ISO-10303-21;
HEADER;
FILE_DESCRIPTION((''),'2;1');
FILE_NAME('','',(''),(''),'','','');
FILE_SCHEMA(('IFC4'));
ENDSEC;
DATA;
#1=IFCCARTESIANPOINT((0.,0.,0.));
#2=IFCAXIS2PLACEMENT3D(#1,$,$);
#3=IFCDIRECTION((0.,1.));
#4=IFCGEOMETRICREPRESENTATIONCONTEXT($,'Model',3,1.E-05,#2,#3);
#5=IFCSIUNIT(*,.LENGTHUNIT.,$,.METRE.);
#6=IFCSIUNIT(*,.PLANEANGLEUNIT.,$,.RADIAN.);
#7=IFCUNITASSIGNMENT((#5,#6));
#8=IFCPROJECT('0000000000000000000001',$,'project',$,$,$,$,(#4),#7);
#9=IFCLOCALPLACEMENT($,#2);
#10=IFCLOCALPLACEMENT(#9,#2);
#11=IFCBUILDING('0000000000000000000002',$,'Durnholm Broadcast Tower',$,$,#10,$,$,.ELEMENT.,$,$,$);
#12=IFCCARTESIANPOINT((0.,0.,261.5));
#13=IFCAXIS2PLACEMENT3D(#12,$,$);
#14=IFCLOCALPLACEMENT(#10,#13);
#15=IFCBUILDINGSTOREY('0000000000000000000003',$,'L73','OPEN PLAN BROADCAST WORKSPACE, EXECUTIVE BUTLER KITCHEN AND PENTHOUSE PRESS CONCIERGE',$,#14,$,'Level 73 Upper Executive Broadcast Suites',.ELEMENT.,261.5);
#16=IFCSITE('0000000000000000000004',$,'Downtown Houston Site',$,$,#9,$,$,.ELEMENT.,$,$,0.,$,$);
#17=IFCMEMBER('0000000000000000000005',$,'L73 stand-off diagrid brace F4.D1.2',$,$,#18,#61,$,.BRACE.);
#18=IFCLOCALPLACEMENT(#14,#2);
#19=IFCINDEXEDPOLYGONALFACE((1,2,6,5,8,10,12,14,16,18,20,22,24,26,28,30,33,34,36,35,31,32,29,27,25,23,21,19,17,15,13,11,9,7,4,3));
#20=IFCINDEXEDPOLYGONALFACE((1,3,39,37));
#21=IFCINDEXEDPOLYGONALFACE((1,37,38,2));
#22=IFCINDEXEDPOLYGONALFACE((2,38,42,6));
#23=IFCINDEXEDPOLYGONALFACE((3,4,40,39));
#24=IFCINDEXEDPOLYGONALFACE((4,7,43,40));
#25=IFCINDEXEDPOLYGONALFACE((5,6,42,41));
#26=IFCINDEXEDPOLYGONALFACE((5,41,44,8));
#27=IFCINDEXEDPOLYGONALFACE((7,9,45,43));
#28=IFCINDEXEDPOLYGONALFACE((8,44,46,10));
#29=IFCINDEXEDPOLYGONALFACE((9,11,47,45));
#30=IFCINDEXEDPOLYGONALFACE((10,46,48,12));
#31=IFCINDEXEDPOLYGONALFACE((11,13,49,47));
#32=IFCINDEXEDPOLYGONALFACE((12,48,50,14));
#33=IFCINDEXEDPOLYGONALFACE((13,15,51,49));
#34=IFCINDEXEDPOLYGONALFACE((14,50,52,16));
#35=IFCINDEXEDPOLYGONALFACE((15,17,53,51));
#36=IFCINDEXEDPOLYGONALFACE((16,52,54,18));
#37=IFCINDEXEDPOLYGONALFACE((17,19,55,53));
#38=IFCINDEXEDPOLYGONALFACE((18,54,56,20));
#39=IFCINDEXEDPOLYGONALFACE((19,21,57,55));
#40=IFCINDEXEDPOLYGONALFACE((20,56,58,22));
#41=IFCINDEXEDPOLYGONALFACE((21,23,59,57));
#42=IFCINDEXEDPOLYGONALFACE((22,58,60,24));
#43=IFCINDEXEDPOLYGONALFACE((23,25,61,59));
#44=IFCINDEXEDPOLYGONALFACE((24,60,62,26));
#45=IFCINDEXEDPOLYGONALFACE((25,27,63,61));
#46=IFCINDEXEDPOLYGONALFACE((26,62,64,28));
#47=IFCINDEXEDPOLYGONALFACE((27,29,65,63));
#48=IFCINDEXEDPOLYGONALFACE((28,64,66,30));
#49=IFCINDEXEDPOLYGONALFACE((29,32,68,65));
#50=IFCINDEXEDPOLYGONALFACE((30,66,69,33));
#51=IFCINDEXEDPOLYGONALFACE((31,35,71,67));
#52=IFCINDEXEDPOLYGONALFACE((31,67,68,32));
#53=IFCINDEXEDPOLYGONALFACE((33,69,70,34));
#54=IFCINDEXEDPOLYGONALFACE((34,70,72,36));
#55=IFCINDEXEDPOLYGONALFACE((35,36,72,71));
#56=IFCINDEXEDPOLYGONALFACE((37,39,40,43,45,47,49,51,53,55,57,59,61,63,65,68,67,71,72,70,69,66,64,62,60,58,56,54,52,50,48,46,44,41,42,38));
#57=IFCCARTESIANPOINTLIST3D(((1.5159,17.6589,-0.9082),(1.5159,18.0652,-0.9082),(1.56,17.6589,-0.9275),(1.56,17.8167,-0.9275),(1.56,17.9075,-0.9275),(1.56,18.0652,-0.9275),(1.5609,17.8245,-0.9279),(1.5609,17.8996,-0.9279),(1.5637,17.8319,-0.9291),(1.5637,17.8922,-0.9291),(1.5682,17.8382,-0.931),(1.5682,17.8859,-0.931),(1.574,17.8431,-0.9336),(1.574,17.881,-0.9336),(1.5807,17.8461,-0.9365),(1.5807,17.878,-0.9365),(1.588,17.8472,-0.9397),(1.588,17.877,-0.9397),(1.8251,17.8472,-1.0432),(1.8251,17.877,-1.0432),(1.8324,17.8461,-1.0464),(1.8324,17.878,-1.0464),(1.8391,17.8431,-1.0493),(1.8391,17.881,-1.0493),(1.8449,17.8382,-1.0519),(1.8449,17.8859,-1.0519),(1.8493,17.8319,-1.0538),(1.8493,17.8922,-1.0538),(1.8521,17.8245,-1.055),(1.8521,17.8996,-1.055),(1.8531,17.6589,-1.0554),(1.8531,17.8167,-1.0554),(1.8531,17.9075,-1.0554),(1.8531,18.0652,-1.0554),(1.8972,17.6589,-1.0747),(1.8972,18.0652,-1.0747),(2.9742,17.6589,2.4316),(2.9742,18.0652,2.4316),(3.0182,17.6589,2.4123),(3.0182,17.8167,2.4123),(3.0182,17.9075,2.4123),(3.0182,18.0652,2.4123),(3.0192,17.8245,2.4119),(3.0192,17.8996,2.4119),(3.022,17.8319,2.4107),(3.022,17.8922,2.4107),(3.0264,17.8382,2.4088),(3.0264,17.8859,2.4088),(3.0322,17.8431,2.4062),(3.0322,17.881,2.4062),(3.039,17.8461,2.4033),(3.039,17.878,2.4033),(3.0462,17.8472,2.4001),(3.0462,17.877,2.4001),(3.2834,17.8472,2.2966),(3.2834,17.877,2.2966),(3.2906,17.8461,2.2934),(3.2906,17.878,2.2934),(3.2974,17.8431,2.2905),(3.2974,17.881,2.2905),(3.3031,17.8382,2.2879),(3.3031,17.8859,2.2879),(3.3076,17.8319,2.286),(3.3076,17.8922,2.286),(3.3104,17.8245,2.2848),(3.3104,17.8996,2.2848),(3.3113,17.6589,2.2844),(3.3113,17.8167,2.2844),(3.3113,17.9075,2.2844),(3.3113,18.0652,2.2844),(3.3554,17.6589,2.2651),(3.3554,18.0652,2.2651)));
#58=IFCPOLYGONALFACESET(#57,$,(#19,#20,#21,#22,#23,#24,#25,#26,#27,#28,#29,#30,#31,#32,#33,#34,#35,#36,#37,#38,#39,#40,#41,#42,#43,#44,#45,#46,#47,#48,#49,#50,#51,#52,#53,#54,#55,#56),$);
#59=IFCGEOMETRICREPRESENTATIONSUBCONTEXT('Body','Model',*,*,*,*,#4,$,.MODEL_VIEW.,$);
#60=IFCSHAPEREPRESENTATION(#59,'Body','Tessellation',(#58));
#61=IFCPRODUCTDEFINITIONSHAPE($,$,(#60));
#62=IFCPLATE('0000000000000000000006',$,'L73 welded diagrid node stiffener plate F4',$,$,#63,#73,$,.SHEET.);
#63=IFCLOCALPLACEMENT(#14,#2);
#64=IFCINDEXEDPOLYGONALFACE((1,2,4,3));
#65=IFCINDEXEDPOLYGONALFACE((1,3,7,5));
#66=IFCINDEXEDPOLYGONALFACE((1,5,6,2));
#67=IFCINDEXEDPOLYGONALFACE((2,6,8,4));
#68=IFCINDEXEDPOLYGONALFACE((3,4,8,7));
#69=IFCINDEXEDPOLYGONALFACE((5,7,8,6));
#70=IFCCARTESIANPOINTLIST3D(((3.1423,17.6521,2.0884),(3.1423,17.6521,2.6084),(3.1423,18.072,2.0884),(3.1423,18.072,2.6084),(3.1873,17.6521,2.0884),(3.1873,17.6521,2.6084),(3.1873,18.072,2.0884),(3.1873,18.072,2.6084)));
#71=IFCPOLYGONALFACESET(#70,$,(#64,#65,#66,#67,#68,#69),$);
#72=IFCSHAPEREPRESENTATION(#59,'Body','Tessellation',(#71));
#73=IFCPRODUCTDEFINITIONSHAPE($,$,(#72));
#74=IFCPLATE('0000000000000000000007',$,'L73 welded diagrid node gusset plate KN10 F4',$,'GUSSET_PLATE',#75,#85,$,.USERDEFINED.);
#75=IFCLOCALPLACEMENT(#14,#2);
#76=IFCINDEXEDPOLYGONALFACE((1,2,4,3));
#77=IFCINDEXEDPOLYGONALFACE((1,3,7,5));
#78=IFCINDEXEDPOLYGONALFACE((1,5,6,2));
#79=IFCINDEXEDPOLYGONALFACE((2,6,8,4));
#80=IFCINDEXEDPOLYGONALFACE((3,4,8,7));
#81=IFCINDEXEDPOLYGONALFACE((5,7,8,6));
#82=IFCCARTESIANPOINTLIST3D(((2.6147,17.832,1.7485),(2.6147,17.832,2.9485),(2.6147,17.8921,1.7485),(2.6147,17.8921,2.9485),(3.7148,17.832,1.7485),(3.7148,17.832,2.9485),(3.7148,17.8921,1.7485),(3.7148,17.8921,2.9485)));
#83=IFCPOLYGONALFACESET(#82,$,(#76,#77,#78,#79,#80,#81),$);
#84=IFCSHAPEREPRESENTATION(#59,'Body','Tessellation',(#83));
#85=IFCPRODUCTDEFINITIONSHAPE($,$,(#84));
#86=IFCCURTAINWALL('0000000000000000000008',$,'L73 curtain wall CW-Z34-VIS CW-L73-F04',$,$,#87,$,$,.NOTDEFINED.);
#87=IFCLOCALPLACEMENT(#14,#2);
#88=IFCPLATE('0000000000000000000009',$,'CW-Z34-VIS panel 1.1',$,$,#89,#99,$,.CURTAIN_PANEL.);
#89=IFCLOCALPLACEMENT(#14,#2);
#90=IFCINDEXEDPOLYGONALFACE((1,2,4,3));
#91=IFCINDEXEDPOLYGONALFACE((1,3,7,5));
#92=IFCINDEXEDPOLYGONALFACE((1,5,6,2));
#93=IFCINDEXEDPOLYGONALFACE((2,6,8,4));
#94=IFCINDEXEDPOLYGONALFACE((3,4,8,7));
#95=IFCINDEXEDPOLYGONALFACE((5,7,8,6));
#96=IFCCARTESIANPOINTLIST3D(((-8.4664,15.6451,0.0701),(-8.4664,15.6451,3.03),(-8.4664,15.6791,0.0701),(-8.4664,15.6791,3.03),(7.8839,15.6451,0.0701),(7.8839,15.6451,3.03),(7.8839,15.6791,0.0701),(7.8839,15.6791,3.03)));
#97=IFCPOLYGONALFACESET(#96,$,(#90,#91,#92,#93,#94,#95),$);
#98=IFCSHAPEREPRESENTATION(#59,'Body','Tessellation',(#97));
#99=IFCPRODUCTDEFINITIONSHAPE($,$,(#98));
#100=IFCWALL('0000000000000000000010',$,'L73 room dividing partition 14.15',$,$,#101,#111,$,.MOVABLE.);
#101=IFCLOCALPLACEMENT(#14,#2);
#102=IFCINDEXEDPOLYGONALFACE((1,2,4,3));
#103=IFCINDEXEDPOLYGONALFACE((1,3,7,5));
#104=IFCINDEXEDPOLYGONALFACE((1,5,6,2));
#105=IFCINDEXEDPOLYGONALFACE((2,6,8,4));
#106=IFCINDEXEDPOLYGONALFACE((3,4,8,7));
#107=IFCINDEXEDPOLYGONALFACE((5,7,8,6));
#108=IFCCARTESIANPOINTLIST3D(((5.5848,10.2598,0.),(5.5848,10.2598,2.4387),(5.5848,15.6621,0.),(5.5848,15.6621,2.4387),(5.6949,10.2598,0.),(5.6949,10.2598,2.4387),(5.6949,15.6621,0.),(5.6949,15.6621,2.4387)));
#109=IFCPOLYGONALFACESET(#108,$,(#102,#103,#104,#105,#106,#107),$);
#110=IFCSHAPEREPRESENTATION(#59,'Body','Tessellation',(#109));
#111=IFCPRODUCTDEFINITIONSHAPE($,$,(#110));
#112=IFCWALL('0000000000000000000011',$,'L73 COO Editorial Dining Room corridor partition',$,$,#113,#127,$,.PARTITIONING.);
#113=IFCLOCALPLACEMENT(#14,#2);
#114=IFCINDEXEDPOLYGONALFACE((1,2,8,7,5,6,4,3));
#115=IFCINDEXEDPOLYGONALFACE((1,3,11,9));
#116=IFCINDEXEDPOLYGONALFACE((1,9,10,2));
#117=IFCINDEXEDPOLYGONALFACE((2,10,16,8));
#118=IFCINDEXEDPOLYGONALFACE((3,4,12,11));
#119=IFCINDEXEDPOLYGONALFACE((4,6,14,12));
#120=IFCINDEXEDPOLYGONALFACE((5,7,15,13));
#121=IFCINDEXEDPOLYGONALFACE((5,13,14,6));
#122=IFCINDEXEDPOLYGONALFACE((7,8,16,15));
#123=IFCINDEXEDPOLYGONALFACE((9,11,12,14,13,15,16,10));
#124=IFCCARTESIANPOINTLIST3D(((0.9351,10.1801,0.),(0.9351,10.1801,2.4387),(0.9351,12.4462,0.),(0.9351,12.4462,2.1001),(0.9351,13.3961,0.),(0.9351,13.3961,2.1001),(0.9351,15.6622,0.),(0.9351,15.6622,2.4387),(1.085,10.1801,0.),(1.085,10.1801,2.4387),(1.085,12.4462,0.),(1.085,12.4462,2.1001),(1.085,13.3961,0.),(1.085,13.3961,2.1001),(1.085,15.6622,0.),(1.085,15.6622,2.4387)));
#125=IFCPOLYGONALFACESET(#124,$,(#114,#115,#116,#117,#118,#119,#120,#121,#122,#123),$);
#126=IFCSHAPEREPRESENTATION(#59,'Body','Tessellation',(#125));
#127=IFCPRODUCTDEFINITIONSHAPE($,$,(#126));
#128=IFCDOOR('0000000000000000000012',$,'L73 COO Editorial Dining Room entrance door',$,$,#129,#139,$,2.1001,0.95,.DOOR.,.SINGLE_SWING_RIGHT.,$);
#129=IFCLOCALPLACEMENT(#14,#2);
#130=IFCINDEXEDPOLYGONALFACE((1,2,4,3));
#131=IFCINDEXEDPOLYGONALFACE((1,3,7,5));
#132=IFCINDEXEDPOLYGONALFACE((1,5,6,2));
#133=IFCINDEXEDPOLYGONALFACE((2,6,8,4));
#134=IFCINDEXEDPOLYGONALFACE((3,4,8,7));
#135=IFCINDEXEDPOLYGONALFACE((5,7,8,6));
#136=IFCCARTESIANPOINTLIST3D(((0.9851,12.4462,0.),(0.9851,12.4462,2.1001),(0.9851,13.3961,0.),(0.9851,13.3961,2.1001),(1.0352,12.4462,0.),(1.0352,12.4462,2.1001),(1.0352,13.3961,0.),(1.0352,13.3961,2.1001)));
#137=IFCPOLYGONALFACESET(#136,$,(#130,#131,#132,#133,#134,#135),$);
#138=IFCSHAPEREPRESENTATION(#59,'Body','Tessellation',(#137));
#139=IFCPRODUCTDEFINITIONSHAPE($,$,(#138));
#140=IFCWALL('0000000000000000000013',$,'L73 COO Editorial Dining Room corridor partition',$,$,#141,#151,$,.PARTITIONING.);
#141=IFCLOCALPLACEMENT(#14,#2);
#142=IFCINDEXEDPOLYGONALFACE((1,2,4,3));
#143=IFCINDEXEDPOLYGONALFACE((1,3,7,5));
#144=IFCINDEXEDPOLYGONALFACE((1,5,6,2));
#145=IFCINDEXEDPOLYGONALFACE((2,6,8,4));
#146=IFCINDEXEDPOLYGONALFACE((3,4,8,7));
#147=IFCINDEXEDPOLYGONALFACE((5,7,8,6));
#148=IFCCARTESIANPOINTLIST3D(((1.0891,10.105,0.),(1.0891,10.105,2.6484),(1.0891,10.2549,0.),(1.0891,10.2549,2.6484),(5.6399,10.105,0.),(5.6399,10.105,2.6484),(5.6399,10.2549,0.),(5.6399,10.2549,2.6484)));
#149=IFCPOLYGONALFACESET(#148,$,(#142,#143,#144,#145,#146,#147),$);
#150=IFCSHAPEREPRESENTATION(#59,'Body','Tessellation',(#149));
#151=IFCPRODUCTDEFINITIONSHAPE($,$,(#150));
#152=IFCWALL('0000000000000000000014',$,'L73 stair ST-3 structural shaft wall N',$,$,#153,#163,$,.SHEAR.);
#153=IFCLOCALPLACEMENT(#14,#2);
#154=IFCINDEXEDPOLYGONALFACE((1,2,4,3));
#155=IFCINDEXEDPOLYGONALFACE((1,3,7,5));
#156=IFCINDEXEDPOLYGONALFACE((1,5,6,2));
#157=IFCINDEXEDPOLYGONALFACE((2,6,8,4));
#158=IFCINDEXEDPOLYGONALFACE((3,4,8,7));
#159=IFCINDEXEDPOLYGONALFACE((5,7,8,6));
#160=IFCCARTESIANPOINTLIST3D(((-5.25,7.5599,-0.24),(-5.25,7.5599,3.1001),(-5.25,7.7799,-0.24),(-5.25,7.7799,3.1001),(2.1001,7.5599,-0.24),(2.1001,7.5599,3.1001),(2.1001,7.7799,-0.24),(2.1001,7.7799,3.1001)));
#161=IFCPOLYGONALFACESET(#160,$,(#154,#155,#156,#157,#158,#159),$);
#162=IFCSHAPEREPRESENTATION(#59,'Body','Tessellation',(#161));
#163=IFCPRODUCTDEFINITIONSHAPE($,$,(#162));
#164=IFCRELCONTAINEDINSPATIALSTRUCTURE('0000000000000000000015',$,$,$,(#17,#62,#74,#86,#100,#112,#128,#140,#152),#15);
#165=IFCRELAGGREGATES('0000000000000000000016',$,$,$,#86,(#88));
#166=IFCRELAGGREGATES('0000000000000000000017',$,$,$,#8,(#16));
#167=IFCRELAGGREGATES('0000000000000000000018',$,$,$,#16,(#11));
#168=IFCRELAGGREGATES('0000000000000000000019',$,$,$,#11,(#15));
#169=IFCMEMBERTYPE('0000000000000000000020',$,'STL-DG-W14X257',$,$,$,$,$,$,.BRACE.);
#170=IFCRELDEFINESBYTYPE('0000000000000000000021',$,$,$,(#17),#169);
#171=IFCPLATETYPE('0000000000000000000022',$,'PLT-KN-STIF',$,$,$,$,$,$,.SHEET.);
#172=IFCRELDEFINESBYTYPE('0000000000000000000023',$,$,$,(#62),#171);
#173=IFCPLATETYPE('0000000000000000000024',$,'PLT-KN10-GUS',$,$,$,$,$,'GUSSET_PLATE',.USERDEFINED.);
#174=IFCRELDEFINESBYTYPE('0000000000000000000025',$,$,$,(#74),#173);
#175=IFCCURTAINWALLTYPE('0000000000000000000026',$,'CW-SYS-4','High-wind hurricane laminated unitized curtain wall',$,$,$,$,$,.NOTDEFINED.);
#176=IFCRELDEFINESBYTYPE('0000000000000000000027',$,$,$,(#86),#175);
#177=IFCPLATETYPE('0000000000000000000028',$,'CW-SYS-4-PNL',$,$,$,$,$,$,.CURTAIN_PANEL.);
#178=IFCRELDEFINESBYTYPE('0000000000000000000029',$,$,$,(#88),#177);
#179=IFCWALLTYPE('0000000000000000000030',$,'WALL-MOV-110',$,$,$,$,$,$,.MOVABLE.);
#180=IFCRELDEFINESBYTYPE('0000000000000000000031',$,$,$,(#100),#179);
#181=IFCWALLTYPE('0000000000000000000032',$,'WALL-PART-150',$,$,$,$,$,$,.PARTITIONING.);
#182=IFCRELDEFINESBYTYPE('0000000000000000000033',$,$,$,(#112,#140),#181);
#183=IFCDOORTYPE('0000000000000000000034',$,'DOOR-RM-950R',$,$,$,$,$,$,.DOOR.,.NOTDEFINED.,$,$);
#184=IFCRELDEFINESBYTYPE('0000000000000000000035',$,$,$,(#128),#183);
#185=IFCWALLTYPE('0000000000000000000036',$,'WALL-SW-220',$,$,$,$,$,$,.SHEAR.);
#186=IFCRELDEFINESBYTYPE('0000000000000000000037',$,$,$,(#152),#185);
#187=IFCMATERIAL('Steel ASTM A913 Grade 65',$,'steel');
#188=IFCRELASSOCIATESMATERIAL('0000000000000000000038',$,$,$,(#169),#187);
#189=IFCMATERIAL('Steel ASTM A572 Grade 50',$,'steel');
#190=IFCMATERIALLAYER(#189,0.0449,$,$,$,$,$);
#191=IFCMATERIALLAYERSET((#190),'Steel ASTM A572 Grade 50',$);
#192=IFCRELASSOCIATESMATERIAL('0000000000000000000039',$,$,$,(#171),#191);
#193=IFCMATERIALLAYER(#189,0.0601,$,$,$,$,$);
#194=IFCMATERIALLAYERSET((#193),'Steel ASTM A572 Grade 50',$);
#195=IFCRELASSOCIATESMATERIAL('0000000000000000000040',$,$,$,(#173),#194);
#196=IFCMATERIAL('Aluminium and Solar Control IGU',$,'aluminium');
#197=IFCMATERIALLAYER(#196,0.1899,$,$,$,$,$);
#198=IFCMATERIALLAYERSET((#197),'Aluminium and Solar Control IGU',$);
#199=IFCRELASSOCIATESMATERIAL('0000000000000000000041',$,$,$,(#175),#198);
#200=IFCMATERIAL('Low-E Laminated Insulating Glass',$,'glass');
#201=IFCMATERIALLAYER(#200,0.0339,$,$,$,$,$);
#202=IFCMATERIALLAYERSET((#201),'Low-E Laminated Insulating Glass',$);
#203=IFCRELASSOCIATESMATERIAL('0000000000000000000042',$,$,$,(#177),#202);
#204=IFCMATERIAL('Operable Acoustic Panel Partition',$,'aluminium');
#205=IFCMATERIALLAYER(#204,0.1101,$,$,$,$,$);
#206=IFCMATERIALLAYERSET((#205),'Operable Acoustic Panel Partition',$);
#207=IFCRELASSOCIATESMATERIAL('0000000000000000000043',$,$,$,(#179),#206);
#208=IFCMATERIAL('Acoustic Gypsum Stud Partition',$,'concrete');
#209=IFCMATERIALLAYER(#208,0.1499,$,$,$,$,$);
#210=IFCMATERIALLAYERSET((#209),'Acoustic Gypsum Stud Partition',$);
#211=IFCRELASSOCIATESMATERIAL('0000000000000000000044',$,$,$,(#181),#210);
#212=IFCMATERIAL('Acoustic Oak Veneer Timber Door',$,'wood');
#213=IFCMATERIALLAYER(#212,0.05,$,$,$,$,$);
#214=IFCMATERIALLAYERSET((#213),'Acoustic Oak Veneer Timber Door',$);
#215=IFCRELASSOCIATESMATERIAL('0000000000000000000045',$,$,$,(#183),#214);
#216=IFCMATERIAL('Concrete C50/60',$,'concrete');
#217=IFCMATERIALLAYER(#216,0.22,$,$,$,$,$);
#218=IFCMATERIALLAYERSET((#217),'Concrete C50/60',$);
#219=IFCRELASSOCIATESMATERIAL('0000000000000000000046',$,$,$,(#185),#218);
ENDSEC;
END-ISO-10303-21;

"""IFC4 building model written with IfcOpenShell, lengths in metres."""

from ifc_helpers import new_model, si_unit, direction, frame, frame_2d, origin, origin_2d, place, context, subcontext, project, spatial, rectangle, i_section, extrude, source, transform, mapped, material, layer, layer_set, material_profile, profile_set, type_object, type_shapes, element, fill, aggregate, save


model = new_model("IFC4")

# Units and contexts
model_context = context("Model", 3, precision=1e-05, world=origin(), true_north=direction((0.0, 1.0)))
body_context = subcontext(model_context, "Body", "Model", "MODEL_VIEW")
ifc_project = project(units=[si_unit("LENGTHUNIT", "METRE"), si_unit("PLANEANGLEUNIT", "RADIAN")], contexts=[model_context])

# Site, building, storey
site_placement = place(None, origin())
site = spatial("IfcSite", under=ifc_project, at=site_placement, Name="Downtown Houston Site", CompositionType="ELEMENT", RefElevation=0.0)
building_placement = place(site_placement, origin())
building = spatial("IfcBuilding", under=site, at=building_placement, Name="Durnholm Broadcast Tower", CompositionType="ELEMENT")
storey_placement = place(building_placement, frame((0.0, 0.0, 261.5)))
storey = spatial("IfcBuildingStorey", under=building, at=storey_placement, Name="L73", Description="OPEN PLAN BROADCAST WORKSPACE, EXECUTIVE BUTLER KITCHEN AND PENTHOUSE PRESS CONCIERGE", LongName="Level 73 Upper Executive Broadcast Suites", CompositionType="ELEMENT", Elevation=261.5)

# Member
ifc_material_1 = material(Name="Steel ASTM A913 Grade 65", Category="steel")
ifc_material_profile_1 = material_profile(ifc_material_1, i_section(OverallWidth=0.4062, OverallDepth=0.416, WebThickness=0.0298, FlangeThickness=0.0481, FilletRadius=0.0305, at=origin_2d()), Name="W14X257")
ifc_profile_set_1 = profile_set([ifc_material_profile_1], Name="Steel ASTM A913 Grade 65")
member_type = type_object("IfcMemberType", Name="STL-DG-W14X257", PredefinedType="BRACE", material=ifc_profile_set_1)
shared_shape_1 = source(origin(), body_context, "Body", "SweptSolid", [
    extrude(i_section(OverallWidth=0.4062, OverallDepth=0.416, WebThickness=0.0298, FlangeThickness=0.0481, FilletRadius=0.0305, at=origin_2d()), origin(), (0.0, 0.0, 1.0), 3.6443),
])
type_shapes(member_type, [shared_shape_1])
for number, where, z_axis, x_axis, name in (
    (1, (1.7065, 17.8621, -0.9915), (0.400144, 0.0, 0.916452), (0.0, 1.0, 0.0), "L73 stand-off diagrid brace F4.D1.2"),
):
    element("IfcMember", number, at=place(storey_placement, frame(where, z_axis=z_axis, x_axis=x_axis)), inside=storey, type_object=member_type, Name=name, PredefinedType="BRACE", context=body_context, shape_type="MappedRepresentation", body=[
        mapped(shared_shape_1, transform((0.0, 0.0, 0.0), x_axis=(1.0, 0.0, 0.0), y_axis=(0.0, 1.0, 0.0), z_axis=(0.0, 0.0, 1.0), scale=1.0)),
    ])

# Plates
ifc_material_2 = material(Name="Steel ASTM A572 Grade 50", Category="steel")
ifc_layer_1 = layer(ifc_material_2, 0.0449)
ifc_layer_set_1 = layer_set([ifc_layer_1], Name="Steel ASTM A572 Grade 50")
plate_type_1 = type_object("IfcPlateType", Name="PLT-KN-STIF", PredefinedType="SHEET", material=ifc_layer_set_1)
shared_shape_2 = source(origin(), body_context, "Body", "SweptSolid", [
    extrude(rectangle(XDim=0.0449, YDim=0.4199, at=origin_2d()), origin(), (0.0, 0.0, 1.0), 0.52),
])
type_shapes(plate_type_1, [shared_shape_2])
plate_1_placement = place(storey_placement, frame((3.1648, 17.8621, 2.0884), z_axis=(0.0, 0.0, 1.0), x_axis=(-1.0, 0.0, 0.0)))
element("IfcPlate", 2, at=plate_1_placement, inside=storey, type_object=plate_type_1, Name="L73 welded diagrid node stiffener plate F4", PredefinedType="SHEET", context=body_context, shape_type="MappedRepresentation", body=[
    mapped(shared_shape_2, transform((0.0, 0.0, 0.0), x_axis=(1.0, 0.0, 0.0), y_axis=(0.0, 1.0, 0.0), z_axis=(0.0, 0.0, 1.0), scale=1.0)),
])
ifc_layer_2 = layer(ifc_material_2, 0.0601)
ifc_layer_set_2 = layer_set([ifc_layer_2], Name="Steel ASTM A572 Grade 50")
plate_type_2 = type_object("IfcPlateType", Name="PLT-KN10-GUS", ElementType="GUSSET_PLATE", PredefinedType="USERDEFINED", material=ifc_layer_set_2)
shared_shape_3 = source(origin(), body_context, "Body", "SweptSolid", [
    extrude(rectangle(XDim=1.1001, YDim=0.0601, at=origin_2d()), origin(), (0.0, 0.0, 1.0), 1.2),
])
type_shapes(plate_type_2, [shared_shape_3])
plate_2_placement = place(storey_placement, frame((3.1648, 17.8621, 1.7485), z_axis=(0.0, 0.0, 1.0), x_axis=(-1.0, 0.0, 0.0)))
element("IfcPlate", 3, at=plate_2_placement, inside=storey, type_object=plate_type_2, Name="L73 welded diagrid node gusset plate KN10 F4", ObjectType="GUSSET_PLATE", PredefinedType="USERDEFINED", context=body_context, shape_type="MappedRepresentation", body=[
    mapped(shared_shape_3, transform((0.0, 0.0, 0.0), x_axis=(1.0, 0.0, 0.0), y_axis=(0.0, 1.0, 0.0), z_axis=(0.0, 0.0, 1.0), scale=1.0)),
])

# Curtain wall, plate
ifc_material_3 = material(Name="Aluminium and Solar Control IGU", Category="aluminium")
ifc_layer_3 = layer(ifc_material_3, 0.1899)
ifc_layer_set_3 = layer_set([ifc_layer_3], Name="Aluminium and Solar Control IGU")
curtain_wall_type = type_object("IfcCurtainWallType", Name="CW-SYS-4", Description="High-wind hurricane laminated unitized curtain wall", PredefinedType="NOTDEFINED", material=ifc_layer_set_3)
curtain_wall_placement = place(storey_placement, origin())
curtain_wall = element("IfcCurtainWall", 4, at=curtain_wall_placement, inside=storey, type_object=curtain_wall_type, Name="L73 curtain wall CW-Z34-VIS CW-L73-F04", PredefinedType="NOTDEFINED")
ifc_material_4 = material(Name="Low-E Laminated Insulating Glass", Category="glass")
ifc_layer_4 = layer(ifc_material_4, 0.0339)
ifc_layer_set_4 = layer_set([ifc_layer_4], Name="Low-E Laminated Insulating Glass")
plate_type_3 = type_object("IfcPlateType", Name="CW-SYS-4-PNL", PredefinedType="CURTAIN_PANEL", material=ifc_layer_set_4)
shared_shape_4 = source(origin(), body_context, "Body", "SweptSolid", [
    extrude(rectangle(XDim=16.3503, YDim=0.0339, at=origin_2d()), origin(), (0.0, 0.0, 1.0), 2.96),
])
type_shapes(plate_type_3, [shared_shape_4])
plate_3_placement = place(storey_placement, frame((-0.2913, 15.6621, 0.0701), z_axis=(0.0, 0.0, 1.0), x_axis=(1.0, 0.0, 0.0)))
plate_3 = element("IfcPlate", 5, at=plate_3_placement, type_object=plate_type_3, Name="CW-Z34-VIS panel 1.1", PredefinedType="CURTAIN_PANEL", context=body_context, shape_type="MappedRepresentation", body=[
    mapped(shared_shape_4, transform((0.0, 0.0, 0.0), x_axis=(1.0, 0.0, 0.0), y_axis=(0.0, 1.0, 0.0), z_axis=(0.0, 0.0, 1.0), scale=1.0)),
])
aggregate(curtain_wall, [plate_3])

# Wall
ifc_material_5 = material(Name="Operable Acoustic Panel Partition", Category="aluminium")
ifc_layer_5 = layer(ifc_material_5, 0.1101)
ifc_layer_set_5 = layer_set([ifc_layer_5], Name="Operable Acoustic Panel Partition")
wall_type_1 = type_object("IfcWallType", Name="WALL-MOV-110", PredefinedType="MOVABLE", material=ifc_layer_set_5)
wall_1_placement = place(storey_placement, frame((5.6399, 15.6621, 0.0), z_axis=(0.0, 0.0, 1.0), x_axis=(0.0, -1.0, 0.0)))
element("IfcWall", 6, at=wall_1_placement, inside=storey, type_object=wall_type_1, Name="L73 room dividing partition 14.15", PredefinedType="MOVABLE", context=body_context, shape_type="SweptSolid", body=[
    extrude(rectangle(XDim=5.4023, YDim=0.1101, at=frame_2d((2.7012, 0.0))), origin(), (0.0, 0.0, 1.0), 2.4387),
])

# Wall, opening, door
ifc_material_6 = material(Name="Acoustic Gypsum Stud Partition", Category="concrete")
ifc_layer_6 = layer(ifc_material_6, 0.1499)
ifc_layer_set_6 = layer_set([ifc_layer_6], Name="Acoustic Gypsum Stud Partition")
wall_type_2 = type_object("IfcWallType", Name="WALL-PART-150", PredefinedType="PARTITIONING", material=ifc_layer_set_6)
wall_2_placement = place(storey_placement, frame((1.01, 10.1799, 0.0), z_axis=(0.0, 0.0, 1.0), x_axis=(0.0, 1.0, 0.0)))
wall_2 = element("IfcWall", 7, at=wall_2_placement, inside=storey, type_object=wall_type_2, Name="L73 COO Editorial Dining Room corridor partition", PredefinedType="PARTITIONING", context=body_context, shape_type="SweptSolid", body=[
    extrude(rectangle(XDim=5.4822, YDim=0.1499, at=frame_2d((2.7412, 0.0))), origin(), (0.0, 0.0, 1.0), 2.4387),
])
opening_placement = place(wall_2_placement, frame((2.2661, 0.0, 0.0)))
opening = element("IfcOpeningElement", 8, at=opening_placement, cuts=wall_2, PredefinedType="OPENING", context=body_context, shape_type="SweptSolid", body=[
    extrude(rectangle(XDim=0.95, YDim=2.1001, at=frame_2d((0.4751, 1.05))), frame((0.0, 0.085, 0.0), z_axis=(0.0, -1.0, 0.0), x_axis=(1.0, 0.0, 0.0)), (0.0, 0.0, 1.0), 0.1699),
])
ifc_material_7 = material(Name="Acoustic Oak Veneer Timber Door", Category="wood")
ifc_layer_7 = layer(ifc_material_7, 0.05)
ifc_layer_set_7 = layer_set([ifc_layer_7], Name="Acoustic Oak Veneer Timber Door")
door_type = type_object("IfcDoorType", Name="DOOR-RM-950R", OperationType="NOTDEFINED", PredefinedType="DOOR", material=ifc_layer_set_7)
shared_shape_5 = source(origin(), body_context, "Body", "SweptSolid", [
    extrude(rectangle(XDim=0.95, YDim=2.1001, at=frame_2d((0.4751, 1.05))), frame((0.0, 0.0249, 0.0), z_axis=(0.0, -1.0, 0.0), x_axis=(1.0, 0.0, 0.0)), (0.0, 0.0, 1.0), 0.05),
])
type_shapes(door_type, [shared_shape_5])
door_placement = place(opening_placement, origin())
door = element("IfcDoor", 9, at=door_placement, inside=storey, type_object=door_type, Name="L73 COO Editorial Dining Room entrance door", OperationType="SINGLE_SWING_RIGHT", OverallHeight=2.1001, OverallWidth=0.95, PredefinedType="DOOR", context=body_context, shape_type="MappedRepresentation", body=[
    mapped(shared_shape_5, transform((0.0, 0.0, 0.0), x_axis=(1.0, 0.0, 0.0), y_axis=(0.0, 1.0, 0.0), z_axis=(0.0, 0.0, 1.0), scale=1.0)),
])
fill(opening, door)

# Walls
wall_3_placement = place(storey_placement, frame((5.6399, 10.1799, 0.0), z_axis=(0.0, 0.0, 1.0), x_axis=(-1.0, 0.0, 0.0)))
element("IfcWall", 10, at=wall_3_placement, inside=storey, type_object=wall_type_2, Name="L73 COO Editorial Dining Room corridor partition", PredefinedType="PARTITIONING", context=body_context, shape_type="SweptSolid", body=[
    extrude(rectangle(XDim=4.5508, YDim=0.1499, at=frame_2d((2.2754, 0.0))), origin(), (0.0, 0.0, 1.0), 2.6484),
])
ifc_material_8 = material(Name="Concrete C50/60", Category="concrete")
ifc_layer_8 = layer(ifc_material_8, 0.22)
ifc_layer_set_8 = layer_set([ifc_layer_8], Name="Concrete C50/60")
wall_type_3 = type_object("IfcWallType", Name="WALL-SW-220", PredefinedType="SHEAR", material=ifc_layer_set_8)
wall_4_placement = place(storey_placement, frame((2.1001, 7.6699, -0.24), z_axis=(0.0, 0.0, 1.0), x_axis=(-1.0, 0.0, 0.0)))
element("IfcWall", 11, at=wall_4_placement, inside=storey, type_object=wall_type_3, Name="L73 stair ST-3 structural shaft wall N", PredefinedType="SHEAR", context=body_context, shape_type="SweptSolid", body=[
    extrude(rectangle(XDim=7.3501, YDim=0.22, at=frame_2d((3.675, 0.0))), origin(), (0.0, 0.0, 1.0), 3.3401),
])

save(model, "model.ifc")
